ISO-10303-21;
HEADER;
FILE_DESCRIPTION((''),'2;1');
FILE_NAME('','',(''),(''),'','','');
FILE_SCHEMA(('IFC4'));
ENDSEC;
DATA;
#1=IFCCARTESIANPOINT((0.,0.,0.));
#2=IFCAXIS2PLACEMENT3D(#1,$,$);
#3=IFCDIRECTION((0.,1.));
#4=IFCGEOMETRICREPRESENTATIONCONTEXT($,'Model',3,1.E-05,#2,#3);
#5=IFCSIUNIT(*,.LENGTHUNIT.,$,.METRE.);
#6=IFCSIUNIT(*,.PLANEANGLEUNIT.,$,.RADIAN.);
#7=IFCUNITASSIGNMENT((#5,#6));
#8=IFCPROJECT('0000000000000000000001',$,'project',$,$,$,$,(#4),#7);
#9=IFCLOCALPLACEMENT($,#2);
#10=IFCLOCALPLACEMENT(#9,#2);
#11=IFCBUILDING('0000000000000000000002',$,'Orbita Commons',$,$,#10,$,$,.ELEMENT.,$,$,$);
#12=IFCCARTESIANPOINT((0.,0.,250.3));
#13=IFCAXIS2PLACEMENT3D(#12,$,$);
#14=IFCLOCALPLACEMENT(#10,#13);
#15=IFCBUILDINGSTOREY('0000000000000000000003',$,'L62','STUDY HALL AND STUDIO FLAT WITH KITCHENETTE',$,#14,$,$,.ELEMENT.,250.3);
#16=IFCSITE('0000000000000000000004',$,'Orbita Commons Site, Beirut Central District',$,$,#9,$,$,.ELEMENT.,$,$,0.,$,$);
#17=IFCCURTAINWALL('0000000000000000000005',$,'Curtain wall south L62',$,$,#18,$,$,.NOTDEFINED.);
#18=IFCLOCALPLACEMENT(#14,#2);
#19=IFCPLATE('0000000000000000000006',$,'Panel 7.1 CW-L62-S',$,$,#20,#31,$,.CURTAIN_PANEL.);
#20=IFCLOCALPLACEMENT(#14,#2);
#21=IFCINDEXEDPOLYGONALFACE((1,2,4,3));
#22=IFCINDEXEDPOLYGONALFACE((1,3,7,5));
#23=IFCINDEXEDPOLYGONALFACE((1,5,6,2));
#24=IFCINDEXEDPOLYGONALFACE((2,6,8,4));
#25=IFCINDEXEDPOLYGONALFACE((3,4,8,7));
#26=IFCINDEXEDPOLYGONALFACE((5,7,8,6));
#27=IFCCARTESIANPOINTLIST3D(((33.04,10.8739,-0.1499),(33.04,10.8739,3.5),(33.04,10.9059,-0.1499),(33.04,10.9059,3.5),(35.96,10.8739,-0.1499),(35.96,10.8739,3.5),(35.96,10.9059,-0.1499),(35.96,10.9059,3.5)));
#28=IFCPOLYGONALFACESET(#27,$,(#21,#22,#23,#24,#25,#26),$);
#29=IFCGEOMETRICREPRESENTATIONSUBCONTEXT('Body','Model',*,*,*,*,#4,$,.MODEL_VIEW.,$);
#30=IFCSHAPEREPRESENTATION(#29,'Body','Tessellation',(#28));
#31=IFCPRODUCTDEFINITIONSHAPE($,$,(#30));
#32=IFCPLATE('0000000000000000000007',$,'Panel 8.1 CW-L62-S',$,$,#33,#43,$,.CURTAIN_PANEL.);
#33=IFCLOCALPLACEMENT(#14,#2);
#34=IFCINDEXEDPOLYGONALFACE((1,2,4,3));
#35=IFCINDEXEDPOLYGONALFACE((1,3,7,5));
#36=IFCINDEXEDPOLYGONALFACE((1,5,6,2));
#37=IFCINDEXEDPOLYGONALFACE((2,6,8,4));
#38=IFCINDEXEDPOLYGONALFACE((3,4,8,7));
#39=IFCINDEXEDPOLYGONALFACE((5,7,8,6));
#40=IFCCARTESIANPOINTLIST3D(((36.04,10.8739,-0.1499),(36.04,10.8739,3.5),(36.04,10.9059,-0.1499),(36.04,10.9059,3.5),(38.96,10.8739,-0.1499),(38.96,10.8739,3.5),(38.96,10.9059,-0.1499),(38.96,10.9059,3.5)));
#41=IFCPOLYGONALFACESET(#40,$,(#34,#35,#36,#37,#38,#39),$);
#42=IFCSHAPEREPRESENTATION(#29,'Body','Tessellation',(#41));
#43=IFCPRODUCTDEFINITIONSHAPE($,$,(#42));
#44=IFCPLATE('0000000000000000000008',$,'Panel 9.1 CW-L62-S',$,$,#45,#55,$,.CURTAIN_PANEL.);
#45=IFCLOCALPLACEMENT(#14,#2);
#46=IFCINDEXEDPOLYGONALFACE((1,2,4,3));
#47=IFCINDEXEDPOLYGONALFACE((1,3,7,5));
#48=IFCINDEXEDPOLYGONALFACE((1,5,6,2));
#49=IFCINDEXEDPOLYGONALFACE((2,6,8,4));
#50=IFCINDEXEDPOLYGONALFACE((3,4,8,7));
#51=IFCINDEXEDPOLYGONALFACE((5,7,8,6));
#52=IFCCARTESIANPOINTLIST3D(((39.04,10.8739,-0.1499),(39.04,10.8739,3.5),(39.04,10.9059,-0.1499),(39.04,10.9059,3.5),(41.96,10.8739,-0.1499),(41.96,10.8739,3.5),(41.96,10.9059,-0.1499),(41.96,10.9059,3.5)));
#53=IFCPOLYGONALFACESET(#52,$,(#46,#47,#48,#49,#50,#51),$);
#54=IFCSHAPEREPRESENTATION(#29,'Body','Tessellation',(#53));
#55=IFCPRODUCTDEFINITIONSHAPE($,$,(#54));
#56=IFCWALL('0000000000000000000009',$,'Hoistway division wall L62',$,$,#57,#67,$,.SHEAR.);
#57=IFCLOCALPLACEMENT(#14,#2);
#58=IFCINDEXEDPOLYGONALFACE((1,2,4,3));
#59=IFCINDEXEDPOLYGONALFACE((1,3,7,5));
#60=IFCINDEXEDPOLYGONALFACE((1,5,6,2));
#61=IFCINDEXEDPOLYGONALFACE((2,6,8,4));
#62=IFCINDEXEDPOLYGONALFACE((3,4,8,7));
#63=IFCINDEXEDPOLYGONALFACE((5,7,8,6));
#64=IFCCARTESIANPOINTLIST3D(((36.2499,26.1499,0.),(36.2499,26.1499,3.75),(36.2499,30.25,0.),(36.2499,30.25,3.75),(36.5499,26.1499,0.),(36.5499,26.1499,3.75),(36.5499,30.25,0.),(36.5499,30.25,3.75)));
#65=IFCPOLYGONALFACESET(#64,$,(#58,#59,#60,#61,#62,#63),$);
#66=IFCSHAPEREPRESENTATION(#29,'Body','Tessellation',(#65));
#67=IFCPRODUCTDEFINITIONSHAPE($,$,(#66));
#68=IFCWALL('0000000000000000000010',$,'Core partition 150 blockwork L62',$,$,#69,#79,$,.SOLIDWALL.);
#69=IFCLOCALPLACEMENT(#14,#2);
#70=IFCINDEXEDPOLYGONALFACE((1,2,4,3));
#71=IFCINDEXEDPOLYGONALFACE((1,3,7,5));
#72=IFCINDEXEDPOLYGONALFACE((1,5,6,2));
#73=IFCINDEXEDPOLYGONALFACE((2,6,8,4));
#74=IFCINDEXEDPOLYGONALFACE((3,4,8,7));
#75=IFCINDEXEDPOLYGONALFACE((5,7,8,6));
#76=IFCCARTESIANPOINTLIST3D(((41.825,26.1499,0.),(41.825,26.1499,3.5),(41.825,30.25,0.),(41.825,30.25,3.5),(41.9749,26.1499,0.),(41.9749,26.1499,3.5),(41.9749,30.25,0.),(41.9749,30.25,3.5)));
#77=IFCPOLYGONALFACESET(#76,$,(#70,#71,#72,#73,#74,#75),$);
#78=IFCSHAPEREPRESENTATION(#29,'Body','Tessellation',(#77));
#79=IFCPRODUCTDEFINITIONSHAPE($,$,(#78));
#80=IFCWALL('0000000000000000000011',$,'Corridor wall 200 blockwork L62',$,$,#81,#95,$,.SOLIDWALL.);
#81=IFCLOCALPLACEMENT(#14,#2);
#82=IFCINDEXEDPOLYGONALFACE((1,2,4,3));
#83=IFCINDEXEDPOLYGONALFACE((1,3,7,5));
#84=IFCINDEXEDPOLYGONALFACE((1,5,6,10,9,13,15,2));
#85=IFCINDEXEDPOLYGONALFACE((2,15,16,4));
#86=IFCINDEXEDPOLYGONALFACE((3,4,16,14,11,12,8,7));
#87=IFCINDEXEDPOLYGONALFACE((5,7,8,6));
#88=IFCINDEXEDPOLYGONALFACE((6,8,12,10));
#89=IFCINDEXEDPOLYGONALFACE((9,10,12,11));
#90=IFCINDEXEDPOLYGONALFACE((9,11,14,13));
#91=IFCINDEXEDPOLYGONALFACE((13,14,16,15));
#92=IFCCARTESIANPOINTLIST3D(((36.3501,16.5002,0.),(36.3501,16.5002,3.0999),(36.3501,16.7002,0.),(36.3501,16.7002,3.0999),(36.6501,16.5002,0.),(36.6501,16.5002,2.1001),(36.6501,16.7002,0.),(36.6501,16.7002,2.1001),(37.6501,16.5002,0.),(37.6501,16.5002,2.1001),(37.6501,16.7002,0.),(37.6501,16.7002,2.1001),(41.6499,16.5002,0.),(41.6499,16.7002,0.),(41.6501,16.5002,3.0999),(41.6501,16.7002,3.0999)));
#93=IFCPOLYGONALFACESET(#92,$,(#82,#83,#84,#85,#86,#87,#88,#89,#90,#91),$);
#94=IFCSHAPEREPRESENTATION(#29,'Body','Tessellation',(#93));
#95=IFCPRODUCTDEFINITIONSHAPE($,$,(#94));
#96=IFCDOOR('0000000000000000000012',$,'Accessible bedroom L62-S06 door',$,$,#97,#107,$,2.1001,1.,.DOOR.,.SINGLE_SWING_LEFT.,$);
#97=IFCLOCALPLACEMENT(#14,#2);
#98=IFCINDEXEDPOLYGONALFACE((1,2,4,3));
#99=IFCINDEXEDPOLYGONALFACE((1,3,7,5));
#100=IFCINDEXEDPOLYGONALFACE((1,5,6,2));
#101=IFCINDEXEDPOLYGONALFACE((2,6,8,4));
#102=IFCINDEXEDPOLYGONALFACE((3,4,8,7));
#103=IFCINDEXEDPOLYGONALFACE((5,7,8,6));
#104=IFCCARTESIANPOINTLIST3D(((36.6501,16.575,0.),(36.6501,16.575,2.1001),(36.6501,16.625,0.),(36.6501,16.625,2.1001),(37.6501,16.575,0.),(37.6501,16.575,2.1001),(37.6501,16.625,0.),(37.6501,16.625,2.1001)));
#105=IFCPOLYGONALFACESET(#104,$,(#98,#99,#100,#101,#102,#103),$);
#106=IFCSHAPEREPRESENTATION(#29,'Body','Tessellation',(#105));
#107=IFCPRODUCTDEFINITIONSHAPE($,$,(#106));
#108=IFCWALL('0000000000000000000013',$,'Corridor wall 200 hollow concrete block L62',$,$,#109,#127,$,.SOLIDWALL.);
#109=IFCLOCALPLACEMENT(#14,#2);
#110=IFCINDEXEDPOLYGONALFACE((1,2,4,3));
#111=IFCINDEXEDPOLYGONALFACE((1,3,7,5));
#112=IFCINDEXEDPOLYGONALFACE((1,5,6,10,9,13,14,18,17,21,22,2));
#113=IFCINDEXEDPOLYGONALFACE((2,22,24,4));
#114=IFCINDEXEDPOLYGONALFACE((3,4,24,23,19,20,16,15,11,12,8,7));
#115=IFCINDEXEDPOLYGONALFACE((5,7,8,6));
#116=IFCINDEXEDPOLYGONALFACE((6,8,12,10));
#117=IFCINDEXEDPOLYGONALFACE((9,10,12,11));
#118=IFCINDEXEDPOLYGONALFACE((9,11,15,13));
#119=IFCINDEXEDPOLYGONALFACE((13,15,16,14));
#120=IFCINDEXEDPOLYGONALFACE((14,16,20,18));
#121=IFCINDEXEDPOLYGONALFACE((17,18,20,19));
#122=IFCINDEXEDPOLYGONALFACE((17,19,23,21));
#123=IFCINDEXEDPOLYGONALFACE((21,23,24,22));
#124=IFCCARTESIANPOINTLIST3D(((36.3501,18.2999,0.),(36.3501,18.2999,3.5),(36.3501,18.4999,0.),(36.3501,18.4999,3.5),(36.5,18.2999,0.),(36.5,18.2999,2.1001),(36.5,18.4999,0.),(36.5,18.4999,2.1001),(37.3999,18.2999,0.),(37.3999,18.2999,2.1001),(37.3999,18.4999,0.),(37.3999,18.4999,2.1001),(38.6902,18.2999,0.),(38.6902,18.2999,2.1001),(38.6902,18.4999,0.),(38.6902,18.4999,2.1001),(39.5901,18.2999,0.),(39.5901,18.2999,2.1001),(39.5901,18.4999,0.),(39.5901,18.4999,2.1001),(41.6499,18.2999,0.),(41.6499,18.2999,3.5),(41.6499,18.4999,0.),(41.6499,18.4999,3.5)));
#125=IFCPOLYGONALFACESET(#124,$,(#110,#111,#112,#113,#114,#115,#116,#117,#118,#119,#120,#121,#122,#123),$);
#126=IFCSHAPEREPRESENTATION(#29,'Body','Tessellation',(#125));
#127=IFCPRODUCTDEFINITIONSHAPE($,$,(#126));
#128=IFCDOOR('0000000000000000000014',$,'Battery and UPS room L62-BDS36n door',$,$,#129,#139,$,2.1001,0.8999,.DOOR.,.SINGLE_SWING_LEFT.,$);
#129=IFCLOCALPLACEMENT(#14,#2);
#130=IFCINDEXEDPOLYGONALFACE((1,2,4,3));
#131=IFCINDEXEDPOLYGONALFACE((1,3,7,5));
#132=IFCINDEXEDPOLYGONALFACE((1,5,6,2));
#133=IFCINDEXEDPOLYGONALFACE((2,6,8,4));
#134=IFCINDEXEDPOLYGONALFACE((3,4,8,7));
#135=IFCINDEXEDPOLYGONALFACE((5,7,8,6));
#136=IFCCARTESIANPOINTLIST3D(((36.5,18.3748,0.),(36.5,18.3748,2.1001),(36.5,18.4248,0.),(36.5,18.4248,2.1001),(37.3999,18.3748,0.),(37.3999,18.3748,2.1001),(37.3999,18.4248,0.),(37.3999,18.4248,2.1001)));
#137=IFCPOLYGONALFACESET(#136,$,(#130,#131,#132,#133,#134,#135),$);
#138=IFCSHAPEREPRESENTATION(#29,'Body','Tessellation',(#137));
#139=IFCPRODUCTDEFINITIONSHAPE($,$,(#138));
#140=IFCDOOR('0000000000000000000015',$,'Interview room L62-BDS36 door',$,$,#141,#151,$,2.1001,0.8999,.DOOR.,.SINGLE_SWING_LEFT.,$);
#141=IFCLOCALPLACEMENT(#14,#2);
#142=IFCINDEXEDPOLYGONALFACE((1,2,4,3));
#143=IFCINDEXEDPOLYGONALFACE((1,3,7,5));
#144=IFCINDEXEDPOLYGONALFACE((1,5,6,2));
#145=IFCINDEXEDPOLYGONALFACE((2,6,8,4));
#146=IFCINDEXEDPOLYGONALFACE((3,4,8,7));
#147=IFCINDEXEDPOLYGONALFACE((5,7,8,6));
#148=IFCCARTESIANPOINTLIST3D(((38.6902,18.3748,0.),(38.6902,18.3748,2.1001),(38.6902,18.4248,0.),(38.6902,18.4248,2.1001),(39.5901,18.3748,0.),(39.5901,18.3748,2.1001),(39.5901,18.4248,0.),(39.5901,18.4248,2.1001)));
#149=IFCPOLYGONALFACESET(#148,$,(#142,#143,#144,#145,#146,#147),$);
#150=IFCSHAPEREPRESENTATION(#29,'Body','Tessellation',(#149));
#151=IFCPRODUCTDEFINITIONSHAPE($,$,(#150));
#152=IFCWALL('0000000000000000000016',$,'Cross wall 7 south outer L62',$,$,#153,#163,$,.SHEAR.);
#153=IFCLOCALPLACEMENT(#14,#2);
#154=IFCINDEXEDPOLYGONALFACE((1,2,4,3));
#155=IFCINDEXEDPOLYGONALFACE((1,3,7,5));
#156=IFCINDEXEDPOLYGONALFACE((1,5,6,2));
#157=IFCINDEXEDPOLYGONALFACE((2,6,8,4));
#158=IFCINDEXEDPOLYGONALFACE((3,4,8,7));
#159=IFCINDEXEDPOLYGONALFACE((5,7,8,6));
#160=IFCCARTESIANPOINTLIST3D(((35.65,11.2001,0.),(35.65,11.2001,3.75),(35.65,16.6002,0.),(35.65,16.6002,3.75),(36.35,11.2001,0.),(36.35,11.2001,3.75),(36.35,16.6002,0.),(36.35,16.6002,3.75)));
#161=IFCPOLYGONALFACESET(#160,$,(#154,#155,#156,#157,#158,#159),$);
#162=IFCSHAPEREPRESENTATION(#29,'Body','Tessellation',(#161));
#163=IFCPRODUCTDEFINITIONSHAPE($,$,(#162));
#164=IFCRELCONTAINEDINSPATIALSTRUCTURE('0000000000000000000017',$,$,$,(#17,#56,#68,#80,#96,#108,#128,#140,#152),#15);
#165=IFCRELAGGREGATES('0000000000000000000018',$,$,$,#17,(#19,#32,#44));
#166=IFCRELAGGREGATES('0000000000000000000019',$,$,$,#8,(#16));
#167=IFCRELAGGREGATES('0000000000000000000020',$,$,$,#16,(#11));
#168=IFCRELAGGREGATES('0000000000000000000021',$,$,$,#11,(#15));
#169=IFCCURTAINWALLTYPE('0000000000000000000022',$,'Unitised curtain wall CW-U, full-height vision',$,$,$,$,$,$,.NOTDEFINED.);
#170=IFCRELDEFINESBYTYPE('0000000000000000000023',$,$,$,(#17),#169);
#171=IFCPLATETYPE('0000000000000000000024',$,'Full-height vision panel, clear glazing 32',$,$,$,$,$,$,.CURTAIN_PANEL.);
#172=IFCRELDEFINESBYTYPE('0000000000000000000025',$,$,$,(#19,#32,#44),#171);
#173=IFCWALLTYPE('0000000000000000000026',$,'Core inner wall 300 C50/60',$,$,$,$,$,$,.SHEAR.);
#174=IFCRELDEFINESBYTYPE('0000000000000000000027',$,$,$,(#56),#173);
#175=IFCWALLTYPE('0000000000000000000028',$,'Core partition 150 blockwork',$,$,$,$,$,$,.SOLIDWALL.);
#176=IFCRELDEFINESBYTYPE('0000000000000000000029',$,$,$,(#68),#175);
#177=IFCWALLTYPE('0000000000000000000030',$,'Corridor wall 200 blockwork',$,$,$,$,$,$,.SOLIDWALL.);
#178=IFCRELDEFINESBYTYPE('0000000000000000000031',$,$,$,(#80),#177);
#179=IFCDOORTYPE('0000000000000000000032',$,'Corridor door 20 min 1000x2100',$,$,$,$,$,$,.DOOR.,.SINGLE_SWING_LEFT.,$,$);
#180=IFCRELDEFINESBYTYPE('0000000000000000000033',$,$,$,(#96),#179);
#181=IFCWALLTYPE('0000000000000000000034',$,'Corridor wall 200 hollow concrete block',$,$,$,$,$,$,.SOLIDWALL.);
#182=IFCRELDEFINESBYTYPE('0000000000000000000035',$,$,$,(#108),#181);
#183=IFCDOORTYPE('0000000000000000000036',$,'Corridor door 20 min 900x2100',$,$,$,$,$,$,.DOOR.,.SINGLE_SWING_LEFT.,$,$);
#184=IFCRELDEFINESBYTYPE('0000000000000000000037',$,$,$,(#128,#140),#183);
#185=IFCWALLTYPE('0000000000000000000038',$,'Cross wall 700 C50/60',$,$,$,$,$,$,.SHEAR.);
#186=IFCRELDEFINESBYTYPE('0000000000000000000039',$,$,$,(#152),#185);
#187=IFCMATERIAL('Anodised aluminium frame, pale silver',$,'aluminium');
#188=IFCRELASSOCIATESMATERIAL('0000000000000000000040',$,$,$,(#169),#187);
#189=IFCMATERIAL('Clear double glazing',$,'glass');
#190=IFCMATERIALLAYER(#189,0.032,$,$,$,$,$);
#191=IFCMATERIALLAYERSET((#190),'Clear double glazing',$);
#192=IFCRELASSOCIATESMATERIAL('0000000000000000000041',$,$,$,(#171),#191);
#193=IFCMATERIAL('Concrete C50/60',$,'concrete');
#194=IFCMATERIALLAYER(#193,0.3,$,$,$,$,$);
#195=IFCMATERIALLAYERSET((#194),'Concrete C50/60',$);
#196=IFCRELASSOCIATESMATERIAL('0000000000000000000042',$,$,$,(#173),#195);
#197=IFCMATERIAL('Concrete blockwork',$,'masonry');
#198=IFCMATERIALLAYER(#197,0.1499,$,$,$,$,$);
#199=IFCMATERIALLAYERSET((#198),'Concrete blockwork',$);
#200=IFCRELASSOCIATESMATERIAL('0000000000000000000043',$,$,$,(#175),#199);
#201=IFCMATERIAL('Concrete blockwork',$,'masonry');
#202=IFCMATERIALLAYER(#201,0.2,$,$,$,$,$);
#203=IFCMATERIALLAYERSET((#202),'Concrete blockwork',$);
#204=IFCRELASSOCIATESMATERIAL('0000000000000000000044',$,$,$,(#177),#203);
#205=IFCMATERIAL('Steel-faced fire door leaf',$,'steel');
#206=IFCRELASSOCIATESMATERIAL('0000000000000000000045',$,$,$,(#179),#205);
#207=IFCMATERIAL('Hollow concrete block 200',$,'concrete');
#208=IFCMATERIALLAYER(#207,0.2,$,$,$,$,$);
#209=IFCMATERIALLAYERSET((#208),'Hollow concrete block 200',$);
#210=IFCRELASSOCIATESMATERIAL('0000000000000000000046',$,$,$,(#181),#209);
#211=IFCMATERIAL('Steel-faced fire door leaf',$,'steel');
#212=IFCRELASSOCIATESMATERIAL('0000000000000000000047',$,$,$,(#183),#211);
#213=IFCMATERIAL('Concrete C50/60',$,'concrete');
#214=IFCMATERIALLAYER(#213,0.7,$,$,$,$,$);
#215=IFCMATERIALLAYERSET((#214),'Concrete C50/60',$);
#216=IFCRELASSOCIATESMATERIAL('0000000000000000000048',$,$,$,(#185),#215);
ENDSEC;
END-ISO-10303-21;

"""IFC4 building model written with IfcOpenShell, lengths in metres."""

from ifc_helpers import new_model, si_unit, direction, frame, frame_2d, origin, origin_2d, place, context, subcontext, project, spatial, polyline, rectangle, outline, extrude, material, layer, layer_set, type_object, element, fill, aggregate, save


model = new_model("IFC4")

# Units and contexts
model_context = context("Model", 3, precision=1e-05, world=origin(), true_north=direction((0.0, 1.0)))
body_context = subcontext(model_context, "Body", "Model", "MODEL_VIEW")
ifc_project = project(units=[si_unit("LENGTHUNIT", "METRE"), si_unit("PLANEANGLEUNIT", "RADIAN")], contexts=[model_context])

# Site, building, storey
site_placement = place(None, origin())
site = spatial("IfcSite", under=ifc_project, at=site_placement, Name="Orbita Commons Site, Beirut Central District", CompositionType="ELEMENT", RefElevation=0.0)
building_placement = place(site_placement, origin())
building = spatial("IfcBuilding", under=site, at=building_placement, Name="Orbita Commons", CompositionType="ELEMENT")
storey_placement = place(building_placement, frame((0.0, 0.0, 250.3)))
storey = spatial("IfcBuildingStorey", under=building, at=storey_placement, Name="L62", Description="STUDY HALL AND STUDIO FLAT WITH KITCHENETTE", CompositionType="ELEMENT", Elevation=250.3)

# Curtain wall
ifc_material_1 = material(Name="Anodised aluminium frame, pale silver", Category="aluminium")
curtain_wall_type = type_object("IfcCurtainWallType", Name="Unitised curtain wall CW-U, full-height vision", PredefinedType="NOTDEFINED", material=ifc_material_1)
curtain_wall_placement = place(storey_placement, origin())
curtain_wall = element("IfcCurtainWall", 1, at=curtain_wall_placement, inside=storey, type_object=curtain_wall_type, Name="Curtain wall south L62", PredefinedType="NOTDEFINED")

# Plates
ifc_material_2 = material(Name="Clear double glazing", Category="glass")
ifc_layer_1 = layer(ifc_material_2, 0.032)
ifc_layer_set_1 = layer_set([ifc_layer_1], Name="Clear double glazing")
plate_type = type_object("IfcPlateType", Name="Full-height vision panel, clear glazing 32", PredefinedType="CURTAIN_PANEL", material=ifc_layer_set_1)
plate_1_placement = place(storey_placement, frame((34.5, 10.8899, -0.1499), z_axis=(0.0, 0.0, 1.0), x_axis=(1.0, 0.0, 0.0)))
plate_1 = element("IfcPlate", 2, at=plate_1_placement, type_object=plate_type, Name="Panel 7.1 CW-L62-S", PredefinedType="CURTAIN_PANEL", context=body_context, shape_type="SweptSolid", body=[
    extrude(rectangle(XDim=2.9199, YDim=0.032, at=origin_2d()), origin(), (0.0, 0.0, 1.0), 3.6499),
])
plate_2_placement = place(storey_placement, frame((37.5, 10.8899, -0.1499), z_axis=(0.0, 0.0, 1.0), x_axis=(1.0, 0.0, 0.0)))
plate_2 = element("IfcPlate", 3, at=plate_2_placement, type_object=plate_type, Name="Panel 8.1 CW-L62-S", PredefinedType="CURTAIN_PANEL", context=body_context, shape_type="SweptSolid", body=[
    extrude(rectangle(XDim=2.9199, YDim=0.032, at=origin_2d()), origin(), (0.0, 0.0, 1.0), 3.6499),
])
plate_3_placement = place(storey_placement, frame((40.5, 10.8899, -0.1499), z_axis=(0.0, 0.0, 1.0), x_axis=(1.0, 0.0, 0.0)))
plate_3 = element("IfcPlate", 4, at=plate_3_placement, type_object=plate_type, Name="Panel 9.1 CW-L62-S", PredefinedType="CURTAIN_PANEL", context=body_context, shape_type="SweptSolid", body=[
    extrude(rectangle(XDim=2.9199, YDim=0.032, at=origin_2d()), origin(), (0.0, 0.0, 1.0), 3.6499),
])
aggregate(curtain_wall, [plate_1, plate_2, plate_3])

# Walls
ifc_material_3 = material(Name="Concrete C50/60", Category="concrete")
ifc_layer_2 = layer(ifc_material_3, 0.3)
ifc_layer_set_2 = layer_set([ifc_layer_2], Name="Concrete C50/60")
wall_type_1 = type_object("IfcWallType", Name="Core inner wall 300 C50/60", PredefinedType="SHEAR", material=ifc_layer_set_2)
wall_1_placement = place(storey_placement, frame((36.3999, 26.1499, 0.0), z_axis=(0.0, 0.0, 1.0), x_axis=(0.0, 1.0, 0.0)))
element("IfcWall", 5, at=wall_1_placement, inside=storey, type_object=wall_type_1, Name="Hoistway division wall L62", PredefinedType="SHEAR", context=body_context, shape_type="SweptSolid", body=[
    extrude(rectangle(XDim=4.1001, YDim=0.3, at=frame_2d((2.05, 0.0))), origin(), (0.0, 0.0, 1.0), 3.75),
])
ifc_material_4 = material(Name="Concrete blockwork", Category="masonry")
ifc_layer_3 = layer(ifc_material_4, 0.1499)
ifc_layer_set_3 = layer_set([ifc_layer_3], Name="Concrete blockwork")
wall_type_2 = type_object("IfcWallType", Name="Core partition 150 blockwork", PredefinedType="SOLIDWALL", material=ifc_layer_set_3)
wall_2_placement = place(storey_placement, frame((41.8999, 26.1499, 0.0), z_axis=(0.0, 0.0, 1.0), x_axis=(0.0, 1.0, 0.0)))
element("IfcWall", 6, at=wall_2_placement, inside=storey, type_object=wall_type_2, Name="Core partition 150 blockwork L62", PredefinedType="SOLIDWALL", context=body_context, shape_type="SweptSolid", body=[
    extrude(rectangle(XDim=4.1001, YDim=0.1499, at=frame_2d((2.05, 0.0))), origin(), (0.0, 0.0, 1.0), 3.5),
])

# Wall, opening, door
ifc_material_5 = material(Name="Concrete blockwork", Category="masonry")
ifc_layer_4 = layer(ifc_material_5, 0.2)
ifc_layer_set_4 = layer_set([ifc_layer_4], Name="Concrete blockwork")
wall_type_3 = type_object("IfcWallType", Name="Corridor wall 200 blockwork", PredefinedType="SOLIDWALL", material=ifc_layer_set_4)
wall_3_placement = place(storey_placement, frame((36.3501, 16.6001, 0.0), z_axis=(0.0, 0.0, 1.0), x_axis=(1.0, 0.0, 0.0)))
wall_3 = element("IfcWall", 7, at=wall_3_placement, inside=storey, type_object=wall_type_3, Name="Corridor wall 200 blockwork L62", PredefinedType="SOLIDWALL", context=body_context, shape_type="SweptSolid", body=[
    extrude(outline(polyline([(0.0, 0.0), (5.2998, 0.0), (5.3, 3.0999), (0.0, 3.0999), (0.0, 0.0)])), frame((0.0, 0.1001, 0.0), z_axis=(0.0, -1.0, 0.0), x_axis=(1.0, 0.0, 0.0)), (0.0, 0.0, 1.0), 0.2),
])
opening_1_placement = place(wall_3_placement, frame((0.3, 0.0, 0.0)))
opening_1 = element("IfcOpeningElement", 8, at=opening_1_placement, cuts=wall_3, PredefinedType="OPENING", context=body_context, shape_type="SweptSolid", body=[
    extrude(rectangle(XDim=1.0, YDim=2.1001, at=frame_2d((0.5, 1.05))), frame((0.0, 0.1099, 0.0), z_axis=(0.0, -1.0, 0.0), x_axis=(1.0, 0.0, 0.0)), (0.0, 0.0, 1.0), 0.22),
])
ifc_material_6 = material(Name="Steel-faced fire door leaf", Category="steel")
door_type_1 = type_object("IfcDoorType", Name="Corridor door 20 min 1000x2100", OperationType="SINGLE_SWING_LEFT", PredefinedType="DOOR", material=ifc_material_6)
door_1_placement = place(opening_1_placement, origin())
door_1 = element("IfcDoor", 9, at=door_1_placement, inside=storey, type_object=door_type_1, Name="Accessible bedroom L62-S06 door", OperationType="SINGLE_SWING_LEFT", OverallHeight=2.1001, OverallWidth=1.0, PredefinedType="DOOR", context=body_context, shape_type="SweptSolid", body=[
    extrude(rectangle(XDim=1.0, YDim=2.1001, at=frame_2d((0.5, 1.05))), frame((0.0, 0.0249, 0.0), z_axis=(0.0, -1.0, 0.0), x_axis=(1.0, 0.0, 0.0)), (0.0, 0.0, 1.0), 0.05),
])
fill(opening_1, door_1)

# Wall, openings, doors
ifc_material_7 = material(Name="Hollow concrete block 200", Category="concrete")
ifc_layer_5 = layer(ifc_material_7, 0.2)
ifc_layer_set_5 = layer_set([ifc_layer_5], Name="Hollow concrete block 200")
wall_type_4 = type_object("IfcWallType", Name="Corridor wall 200 hollow concrete block", PredefinedType="SOLIDWALL", material=ifc_layer_set_5)
wall_4_placement = place(storey_placement, frame((36.3501, 18.3999, 0.0), z_axis=(0.0, 0.0, 1.0), x_axis=(1.0, 0.0, 0.0)))
wall_4 = element("IfcWall", 10, at=wall_4_placement, inside=storey, type_object=wall_type_4, Name="Corridor wall 200 hollow concrete block L62", PredefinedType="SOLIDWALL", context=body_context, shape_type="SweptSolid", body=[
    extrude(rectangle(XDim=5.2998, YDim=0.2, at=frame_2d((2.6499, 0.0))), origin(), (0.0, 0.0, 1.0), 3.5),
])
opening_2_placement = place(wall_4_placement, frame((0.1499, 0.0, 0.0)))
opening_2 = element("IfcOpeningElement", 11, at=opening_2_placement, cuts=wall_4, PredefinedType="OPENING", context=body_context, shape_type="SweptSolid", body=[
    extrude(rectangle(XDim=0.8999, YDim=2.1001, at=frame_2d((0.45, 1.05))), frame((0.0, 0.1099, 0.0), z_axis=(0.0, -1.0, 0.0), x_axis=(1.0, 0.0, 0.0)), (0.0, 0.0, 1.0), 0.22),
])
opening_3_placement = place(wall_4_placement, frame((2.3401, 0.0, 0.0)))
opening_3 = element("IfcOpeningElement", 12, at=opening_3_placement, cuts=wall_4, PredefinedType="OPENING", context=body_context, shape_type="SweptSolid", body=[
    extrude(rectangle(XDim=0.8999, YDim=2.1001, at=frame_2d((0.45, 1.05))), frame((0.0, 0.1099, 0.0), z_axis=(0.0, -1.0, 0.0), x_axis=(1.0, 0.0, 0.0)), (0.0, 0.0, 1.0), 0.22),
])
ifc_material_8 = material(Name="Steel-faced fire door leaf", Category="steel")
door_type_2 = type_object("IfcDoorType", Name="Corridor door 20 min 900x2100", OperationType="SINGLE_SWING_LEFT", PredefinedType="DOOR", material=ifc_material_8)
door_2_placement = place(opening_2_placement, origin())
door_2 = element("IfcDoor", 13, at=door_2_placement, inside=storey, type_object=door_type_2, Name="Battery and UPS room L62-BDS36n door", OperationType="SINGLE_SWING_LEFT", OverallHeight=2.1001, OverallWidth=0.8999, PredefinedType="DOOR", context=body_context, shape_type="SweptSolid", body=[
    extrude(rectangle(XDim=0.8999, YDim=2.1001, at=frame_2d((0.45, 1.05))), frame((0.0, 0.0249, 0.0), z_axis=(0.0, -1.0, 0.0), x_axis=(1.0, 0.0, 0.0)), (0.0, 0.0, 1.0), 0.05),
])
fill(opening_2, door_2)
door_3_placement = place(opening_3_placement, origin())
door_3 = element("IfcDoor", 14, at=door_3_placement, inside=storey, type_object=door_type_2, Name="Interview room L62-BDS36 door", OperationType="SINGLE_SWING_LEFT", OverallHeight=2.1001, OverallWidth=0.8999, PredefinedType="DOOR", context=body_context, shape_type="SweptSolid", body=[
    extrude(rectangle(XDim=0.8999, YDim=2.1001, at=frame_2d((0.45, 1.05))), frame((0.0, 0.0249, 0.0), z_axis=(0.0, -1.0, 0.0), x_axis=(1.0, 0.0, 0.0)), (0.0, 0.0, 1.0), 0.05),
])
fill(opening_3, door_3)

# Wall
ifc_material_9 = material(Name="Concrete C50/60", Category="concrete")
ifc_layer_6 = layer(ifc_material_9, 0.7)
ifc_layer_set_6 = layer_set([ifc_layer_6], Name="Concrete C50/60")
wall_type_5 = type_object("IfcWallType", Name="Cross wall 700 C50/60", PredefinedType="SHEAR", material=ifc_layer_set_6)
wall_5_placement = place(storey_placement, frame((36.0, 11.2, 0.0), z_axis=(0.0, 0.0, 1.0), x_axis=(0.0, 1.0, 0.0)))
element("IfcWall", 15, at=wall_5_placement, inside=storey, type_object=wall_type_5, Name="Cross wall 7 south outer L62", PredefinedType="SHEAR", context=body_context, shape_type="SweptSolid", body=[
    extrude(rectangle(XDim=5.4001, YDim=0.7, at=frame_2d((2.7002, 0.0))), origin(), (0.0, 0.0, 1.0), 3.75),
])

save(model, "model.ifc")
